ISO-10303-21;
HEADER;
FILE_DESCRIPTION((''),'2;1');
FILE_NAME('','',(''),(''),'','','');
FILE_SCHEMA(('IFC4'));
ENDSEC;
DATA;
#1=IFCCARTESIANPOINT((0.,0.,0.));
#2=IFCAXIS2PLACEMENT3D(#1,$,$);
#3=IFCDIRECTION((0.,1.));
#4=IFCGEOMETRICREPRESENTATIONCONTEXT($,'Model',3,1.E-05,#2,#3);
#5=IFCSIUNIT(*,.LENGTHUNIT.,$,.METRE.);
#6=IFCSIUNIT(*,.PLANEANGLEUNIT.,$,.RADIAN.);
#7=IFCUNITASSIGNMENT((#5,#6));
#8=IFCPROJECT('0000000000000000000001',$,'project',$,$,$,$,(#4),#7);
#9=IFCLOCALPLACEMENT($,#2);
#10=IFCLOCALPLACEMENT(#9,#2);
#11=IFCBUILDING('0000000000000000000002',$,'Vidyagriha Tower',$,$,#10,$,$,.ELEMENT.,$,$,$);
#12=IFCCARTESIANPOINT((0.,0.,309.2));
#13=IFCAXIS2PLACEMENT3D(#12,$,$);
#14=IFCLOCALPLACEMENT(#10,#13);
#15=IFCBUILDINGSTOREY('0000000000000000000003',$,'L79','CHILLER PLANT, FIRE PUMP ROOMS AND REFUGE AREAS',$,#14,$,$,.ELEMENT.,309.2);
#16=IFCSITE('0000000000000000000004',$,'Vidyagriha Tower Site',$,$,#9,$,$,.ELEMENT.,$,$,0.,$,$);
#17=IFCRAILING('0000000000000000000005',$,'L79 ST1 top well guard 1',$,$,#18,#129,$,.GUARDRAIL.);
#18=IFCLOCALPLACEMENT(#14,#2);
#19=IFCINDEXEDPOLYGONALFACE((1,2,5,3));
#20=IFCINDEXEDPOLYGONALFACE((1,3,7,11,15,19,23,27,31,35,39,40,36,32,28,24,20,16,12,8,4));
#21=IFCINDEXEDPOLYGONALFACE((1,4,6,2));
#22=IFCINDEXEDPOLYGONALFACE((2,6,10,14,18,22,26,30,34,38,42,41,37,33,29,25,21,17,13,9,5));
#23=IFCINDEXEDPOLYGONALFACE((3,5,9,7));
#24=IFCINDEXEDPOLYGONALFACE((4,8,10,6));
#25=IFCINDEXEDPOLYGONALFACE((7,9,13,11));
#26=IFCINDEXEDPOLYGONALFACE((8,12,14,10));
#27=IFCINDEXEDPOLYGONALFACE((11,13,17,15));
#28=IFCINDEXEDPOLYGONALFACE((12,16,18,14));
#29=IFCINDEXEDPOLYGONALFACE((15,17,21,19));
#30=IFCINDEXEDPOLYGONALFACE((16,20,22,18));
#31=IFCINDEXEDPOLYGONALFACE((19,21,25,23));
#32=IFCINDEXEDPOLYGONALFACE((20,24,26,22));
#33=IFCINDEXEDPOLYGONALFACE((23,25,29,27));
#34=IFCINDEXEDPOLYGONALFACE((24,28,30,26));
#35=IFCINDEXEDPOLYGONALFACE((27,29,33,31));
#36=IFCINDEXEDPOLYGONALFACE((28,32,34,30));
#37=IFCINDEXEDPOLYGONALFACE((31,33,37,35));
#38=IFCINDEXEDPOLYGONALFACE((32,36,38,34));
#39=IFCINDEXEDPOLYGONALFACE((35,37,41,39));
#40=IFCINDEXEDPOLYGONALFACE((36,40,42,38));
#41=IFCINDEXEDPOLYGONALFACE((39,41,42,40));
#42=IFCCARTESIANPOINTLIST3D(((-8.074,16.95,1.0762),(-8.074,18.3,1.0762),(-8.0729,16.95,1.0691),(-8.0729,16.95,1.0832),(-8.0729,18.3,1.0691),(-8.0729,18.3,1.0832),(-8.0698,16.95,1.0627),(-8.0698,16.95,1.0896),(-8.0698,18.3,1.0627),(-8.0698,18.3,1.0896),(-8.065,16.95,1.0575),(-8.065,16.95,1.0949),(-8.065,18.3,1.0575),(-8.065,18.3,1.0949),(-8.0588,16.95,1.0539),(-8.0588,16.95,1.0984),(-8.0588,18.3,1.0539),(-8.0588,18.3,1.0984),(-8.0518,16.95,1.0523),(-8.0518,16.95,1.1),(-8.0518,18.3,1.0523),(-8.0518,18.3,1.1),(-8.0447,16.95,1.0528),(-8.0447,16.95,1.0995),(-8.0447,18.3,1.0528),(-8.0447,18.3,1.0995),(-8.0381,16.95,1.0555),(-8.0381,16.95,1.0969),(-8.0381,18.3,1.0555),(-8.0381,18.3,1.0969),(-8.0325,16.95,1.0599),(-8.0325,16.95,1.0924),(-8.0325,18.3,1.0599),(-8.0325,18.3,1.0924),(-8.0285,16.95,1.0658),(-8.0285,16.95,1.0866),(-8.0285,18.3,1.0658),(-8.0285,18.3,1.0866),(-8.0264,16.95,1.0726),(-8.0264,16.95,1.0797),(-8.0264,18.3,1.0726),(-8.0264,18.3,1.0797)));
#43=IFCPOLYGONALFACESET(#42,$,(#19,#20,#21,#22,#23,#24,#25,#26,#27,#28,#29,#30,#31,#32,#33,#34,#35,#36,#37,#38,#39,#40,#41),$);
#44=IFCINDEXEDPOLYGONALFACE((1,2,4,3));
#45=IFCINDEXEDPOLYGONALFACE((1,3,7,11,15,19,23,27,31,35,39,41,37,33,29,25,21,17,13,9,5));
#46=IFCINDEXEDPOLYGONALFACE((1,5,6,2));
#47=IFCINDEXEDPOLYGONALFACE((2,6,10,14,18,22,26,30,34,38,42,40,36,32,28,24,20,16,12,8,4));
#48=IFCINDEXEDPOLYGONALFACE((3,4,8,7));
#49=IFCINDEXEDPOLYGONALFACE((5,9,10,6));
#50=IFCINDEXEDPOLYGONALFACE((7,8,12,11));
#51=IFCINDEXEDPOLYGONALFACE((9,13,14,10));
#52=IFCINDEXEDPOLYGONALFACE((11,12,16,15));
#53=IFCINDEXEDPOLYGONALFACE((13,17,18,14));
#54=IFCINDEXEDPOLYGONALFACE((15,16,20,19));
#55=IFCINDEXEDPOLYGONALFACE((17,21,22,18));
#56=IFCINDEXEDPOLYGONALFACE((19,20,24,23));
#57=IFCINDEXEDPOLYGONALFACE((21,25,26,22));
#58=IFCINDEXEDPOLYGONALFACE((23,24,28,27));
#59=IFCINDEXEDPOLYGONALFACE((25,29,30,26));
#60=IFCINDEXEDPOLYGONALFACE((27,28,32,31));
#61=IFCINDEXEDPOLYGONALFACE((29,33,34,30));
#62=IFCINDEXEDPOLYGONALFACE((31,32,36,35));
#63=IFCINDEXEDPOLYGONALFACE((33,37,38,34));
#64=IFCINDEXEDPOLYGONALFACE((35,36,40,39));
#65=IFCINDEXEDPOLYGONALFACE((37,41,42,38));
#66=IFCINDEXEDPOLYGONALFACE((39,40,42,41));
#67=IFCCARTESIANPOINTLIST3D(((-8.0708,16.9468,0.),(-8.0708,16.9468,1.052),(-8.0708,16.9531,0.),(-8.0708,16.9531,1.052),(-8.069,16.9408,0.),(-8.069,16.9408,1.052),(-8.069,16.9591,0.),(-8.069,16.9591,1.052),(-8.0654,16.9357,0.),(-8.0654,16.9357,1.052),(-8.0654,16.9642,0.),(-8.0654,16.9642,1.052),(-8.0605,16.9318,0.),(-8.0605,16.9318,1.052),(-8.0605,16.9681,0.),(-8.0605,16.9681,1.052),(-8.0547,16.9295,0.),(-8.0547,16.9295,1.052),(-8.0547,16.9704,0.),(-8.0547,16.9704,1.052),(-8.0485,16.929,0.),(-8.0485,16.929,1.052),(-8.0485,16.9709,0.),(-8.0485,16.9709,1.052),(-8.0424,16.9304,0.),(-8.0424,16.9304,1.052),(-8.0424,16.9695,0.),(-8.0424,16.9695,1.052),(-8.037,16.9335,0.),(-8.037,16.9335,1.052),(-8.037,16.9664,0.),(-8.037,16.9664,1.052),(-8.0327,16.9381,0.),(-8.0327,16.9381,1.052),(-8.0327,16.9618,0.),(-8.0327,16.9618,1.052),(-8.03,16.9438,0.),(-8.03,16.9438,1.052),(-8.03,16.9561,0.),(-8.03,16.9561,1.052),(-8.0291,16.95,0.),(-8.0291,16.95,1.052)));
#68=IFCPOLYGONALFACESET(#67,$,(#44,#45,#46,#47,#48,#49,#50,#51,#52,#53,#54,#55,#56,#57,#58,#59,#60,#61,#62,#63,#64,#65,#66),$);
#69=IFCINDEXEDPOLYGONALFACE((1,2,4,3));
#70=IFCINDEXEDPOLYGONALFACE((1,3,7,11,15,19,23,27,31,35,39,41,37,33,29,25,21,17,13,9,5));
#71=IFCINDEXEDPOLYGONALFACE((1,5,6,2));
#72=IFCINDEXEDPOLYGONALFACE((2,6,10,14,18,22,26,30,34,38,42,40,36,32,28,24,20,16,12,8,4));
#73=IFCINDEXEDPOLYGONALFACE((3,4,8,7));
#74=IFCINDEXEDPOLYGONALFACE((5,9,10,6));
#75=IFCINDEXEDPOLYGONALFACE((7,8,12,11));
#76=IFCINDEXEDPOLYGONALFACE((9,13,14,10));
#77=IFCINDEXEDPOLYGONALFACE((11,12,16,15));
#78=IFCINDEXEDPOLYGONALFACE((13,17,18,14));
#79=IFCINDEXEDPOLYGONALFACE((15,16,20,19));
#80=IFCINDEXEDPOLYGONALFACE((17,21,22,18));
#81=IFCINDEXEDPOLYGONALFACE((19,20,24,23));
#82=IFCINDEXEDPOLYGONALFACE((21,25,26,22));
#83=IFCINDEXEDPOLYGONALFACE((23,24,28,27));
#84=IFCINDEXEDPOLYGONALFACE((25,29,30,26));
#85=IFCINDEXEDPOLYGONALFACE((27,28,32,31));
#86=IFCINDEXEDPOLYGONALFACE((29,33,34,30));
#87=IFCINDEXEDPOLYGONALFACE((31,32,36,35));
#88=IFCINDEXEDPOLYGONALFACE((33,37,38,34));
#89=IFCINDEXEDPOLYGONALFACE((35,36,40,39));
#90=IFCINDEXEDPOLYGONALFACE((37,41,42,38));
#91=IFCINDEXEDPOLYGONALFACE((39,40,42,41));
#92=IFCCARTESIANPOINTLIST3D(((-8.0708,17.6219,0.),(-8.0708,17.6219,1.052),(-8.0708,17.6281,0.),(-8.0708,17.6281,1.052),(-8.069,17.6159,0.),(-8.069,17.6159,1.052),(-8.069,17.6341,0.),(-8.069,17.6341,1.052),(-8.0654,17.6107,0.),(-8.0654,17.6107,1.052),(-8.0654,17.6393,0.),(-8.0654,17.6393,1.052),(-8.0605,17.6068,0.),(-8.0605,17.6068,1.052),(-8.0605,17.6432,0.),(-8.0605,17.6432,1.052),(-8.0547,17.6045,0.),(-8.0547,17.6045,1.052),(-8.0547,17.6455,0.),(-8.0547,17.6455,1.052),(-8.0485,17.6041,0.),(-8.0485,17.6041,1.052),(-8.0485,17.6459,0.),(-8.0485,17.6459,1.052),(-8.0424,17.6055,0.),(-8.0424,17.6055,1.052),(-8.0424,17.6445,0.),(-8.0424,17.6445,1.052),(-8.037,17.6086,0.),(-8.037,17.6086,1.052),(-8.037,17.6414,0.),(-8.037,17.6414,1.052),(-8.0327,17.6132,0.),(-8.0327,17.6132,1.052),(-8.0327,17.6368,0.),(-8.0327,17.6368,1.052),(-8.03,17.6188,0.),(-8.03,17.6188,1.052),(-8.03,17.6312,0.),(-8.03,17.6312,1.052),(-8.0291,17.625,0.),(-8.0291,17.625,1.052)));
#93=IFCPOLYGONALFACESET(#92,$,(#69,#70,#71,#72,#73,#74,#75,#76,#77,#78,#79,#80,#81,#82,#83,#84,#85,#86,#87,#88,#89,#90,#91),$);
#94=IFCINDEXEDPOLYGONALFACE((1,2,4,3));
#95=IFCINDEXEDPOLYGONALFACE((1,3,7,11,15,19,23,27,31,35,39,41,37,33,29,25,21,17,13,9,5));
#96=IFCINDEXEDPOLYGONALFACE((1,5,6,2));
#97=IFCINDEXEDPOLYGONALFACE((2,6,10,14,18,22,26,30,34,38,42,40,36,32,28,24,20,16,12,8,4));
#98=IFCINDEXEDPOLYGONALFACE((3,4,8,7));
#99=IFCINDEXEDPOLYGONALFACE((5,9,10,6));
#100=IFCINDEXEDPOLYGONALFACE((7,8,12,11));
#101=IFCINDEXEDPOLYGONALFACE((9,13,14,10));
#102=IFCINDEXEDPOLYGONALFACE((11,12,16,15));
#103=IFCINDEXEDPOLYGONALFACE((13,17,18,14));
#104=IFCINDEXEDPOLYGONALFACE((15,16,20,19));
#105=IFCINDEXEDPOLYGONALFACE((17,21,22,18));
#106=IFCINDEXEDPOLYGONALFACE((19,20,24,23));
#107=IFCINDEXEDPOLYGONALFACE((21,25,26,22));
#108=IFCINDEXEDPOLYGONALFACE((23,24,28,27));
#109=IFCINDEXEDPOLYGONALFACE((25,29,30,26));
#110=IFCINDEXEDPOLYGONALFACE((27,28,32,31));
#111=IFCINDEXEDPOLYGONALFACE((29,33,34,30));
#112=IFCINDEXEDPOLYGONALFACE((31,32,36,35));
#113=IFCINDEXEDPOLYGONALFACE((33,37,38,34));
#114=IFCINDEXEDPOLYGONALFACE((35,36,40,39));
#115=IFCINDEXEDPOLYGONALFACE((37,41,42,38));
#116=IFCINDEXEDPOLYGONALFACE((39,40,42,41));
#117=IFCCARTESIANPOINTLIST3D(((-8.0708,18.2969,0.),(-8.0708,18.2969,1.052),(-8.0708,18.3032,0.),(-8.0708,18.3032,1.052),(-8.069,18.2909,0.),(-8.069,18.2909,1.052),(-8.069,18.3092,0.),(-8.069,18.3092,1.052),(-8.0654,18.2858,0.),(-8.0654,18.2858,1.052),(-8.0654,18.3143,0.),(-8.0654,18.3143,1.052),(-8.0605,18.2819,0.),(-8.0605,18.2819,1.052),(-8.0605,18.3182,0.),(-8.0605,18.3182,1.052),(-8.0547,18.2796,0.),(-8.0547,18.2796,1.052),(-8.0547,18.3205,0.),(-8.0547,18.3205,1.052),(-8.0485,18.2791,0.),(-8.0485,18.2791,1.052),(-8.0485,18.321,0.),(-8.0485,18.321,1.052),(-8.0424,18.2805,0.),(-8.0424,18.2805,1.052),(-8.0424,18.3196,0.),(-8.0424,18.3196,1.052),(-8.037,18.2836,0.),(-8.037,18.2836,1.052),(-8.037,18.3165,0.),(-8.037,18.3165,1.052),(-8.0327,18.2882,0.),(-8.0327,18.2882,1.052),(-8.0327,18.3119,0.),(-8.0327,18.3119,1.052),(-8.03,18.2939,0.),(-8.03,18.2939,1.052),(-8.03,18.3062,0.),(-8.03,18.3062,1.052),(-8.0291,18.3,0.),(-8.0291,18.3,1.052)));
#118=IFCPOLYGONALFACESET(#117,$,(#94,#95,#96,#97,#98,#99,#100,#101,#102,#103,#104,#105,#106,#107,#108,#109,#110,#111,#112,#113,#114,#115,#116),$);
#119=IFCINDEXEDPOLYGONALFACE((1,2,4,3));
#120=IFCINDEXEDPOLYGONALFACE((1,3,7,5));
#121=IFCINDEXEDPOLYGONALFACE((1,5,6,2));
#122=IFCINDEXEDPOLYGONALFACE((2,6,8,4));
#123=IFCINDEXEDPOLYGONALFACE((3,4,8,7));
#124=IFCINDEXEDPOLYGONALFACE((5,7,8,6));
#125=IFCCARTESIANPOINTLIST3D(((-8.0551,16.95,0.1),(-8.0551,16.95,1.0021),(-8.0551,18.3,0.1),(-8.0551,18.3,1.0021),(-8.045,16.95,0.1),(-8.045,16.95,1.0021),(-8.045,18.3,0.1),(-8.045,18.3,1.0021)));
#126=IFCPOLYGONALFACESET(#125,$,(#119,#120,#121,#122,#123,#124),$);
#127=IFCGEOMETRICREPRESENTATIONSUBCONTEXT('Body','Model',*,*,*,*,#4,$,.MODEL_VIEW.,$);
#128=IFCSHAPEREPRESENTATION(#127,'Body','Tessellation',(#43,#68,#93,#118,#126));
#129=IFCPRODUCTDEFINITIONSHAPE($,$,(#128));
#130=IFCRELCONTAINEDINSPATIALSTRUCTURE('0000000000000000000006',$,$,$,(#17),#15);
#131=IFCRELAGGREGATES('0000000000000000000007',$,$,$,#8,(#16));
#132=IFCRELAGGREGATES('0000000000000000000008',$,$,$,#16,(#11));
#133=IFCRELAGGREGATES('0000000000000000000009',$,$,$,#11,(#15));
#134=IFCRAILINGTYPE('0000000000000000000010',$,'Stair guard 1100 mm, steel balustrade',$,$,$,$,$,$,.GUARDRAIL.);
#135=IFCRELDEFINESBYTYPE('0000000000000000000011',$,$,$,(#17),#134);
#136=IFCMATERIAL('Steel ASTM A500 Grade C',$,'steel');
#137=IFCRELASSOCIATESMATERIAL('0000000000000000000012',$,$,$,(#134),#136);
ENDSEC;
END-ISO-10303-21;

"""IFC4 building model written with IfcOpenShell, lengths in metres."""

from ifc_helpers import new_model, si_unit, direction, frame, origin, origin_2d, place, context, subcontext, project, spatial, rectangle, circle, extrude, material, type_object, element, save


model = new_model("IFC4")

# Units and contexts
model_context = context("Model", 3, precision=1e-05, world=origin(), true_north=direction((0.0, 1.0)))
body_context = subcontext(model_context, "Body", "Model", "MODEL_VIEW")
ifc_project = project(units=[si_unit("LENGTHUNIT", "METRE"), si_unit("PLANEANGLEUNIT", "RADIAN")], contexts=[model_context])

# Site, building, storey
site_placement = place(None, origin())
site = spatial("IfcSite", under=ifc_project, at=site_placement, Name="Vidyagriha Tower Site", CompositionType="ELEMENT", RefElevation=0.0)
building_placement = place(site_placement, origin())
building = spatial("IfcBuilding", under=site, at=building_placement, Name="Vidyagriha Tower", CompositionType="ELEMENT")
storey_placement = place(building_placement, frame((0.0, 0.0, 309.2)))
storey = spatial("IfcBuildingStorey", under=building, at=storey_placement, Name="L79", Description="CHILLER PLANT, FIRE PUMP ROOMS AND REFUGE AREAS", CompositionType="ELEMENT", Elevation=309.2)

# Railing
ifc_material_1 = material(Name="Steel ASTM A500 Grade C", Category="steel")
railing_type = type_object("IfcRailingType", Name="Stair guard 1100 mm, steel balustrade", PredefinedType="GUARDRAIL", material=ifc_material_1)
for number, where, name in (
    (1, (-8.05, 16.95, 0.0), "L79 ST1 top well guard 1"),
):
    element("IfcRailing", number, at=place(storey_placement, frame(where)), inside=storey, type_object=railing_type, Name=name, PredefinedType="GUARDRAIL", context=body_context, shape_type="SweptSolid", body=[
        extrude(circle(Radius=0.0239, at=origin_2d()), frame((0.0, 0.0, 1.0762), z_axis=(0.0, 1.0, 0.0), x_axis=(-1.0, 0.0, 0.0)), (0.0, 0.0, 1.0), 1.3501),
        extrude(circle(Radius=0.021, at=origin_2d()), origin(), (0.0, 0.0, 1.0), 1.052),
        extrude(circle(Radius=0.021, at=origin_2d()), frame((0.0, 0.675, 0.0)), (0.0, 0.0, 1.0), 1.052),
        extrude(circle(Radius=0.021, at=origin_2d()), frame((0.0, 1.3501, 0.0)), (0.0, 0.0, 1.0), 1.052),
        extrude(rectangle(XDim=0.01, YDim=0.9021, at=origin_2d()), frame((0.0, 0.0, 0.551), z_axis=(0.0, 1.0, 0.0), x_axis=(-1.0, 0.0, 0.0)), (0.0, 0.0, 1.0), 1.3501),
    ])

save(model, "model.ifc")
